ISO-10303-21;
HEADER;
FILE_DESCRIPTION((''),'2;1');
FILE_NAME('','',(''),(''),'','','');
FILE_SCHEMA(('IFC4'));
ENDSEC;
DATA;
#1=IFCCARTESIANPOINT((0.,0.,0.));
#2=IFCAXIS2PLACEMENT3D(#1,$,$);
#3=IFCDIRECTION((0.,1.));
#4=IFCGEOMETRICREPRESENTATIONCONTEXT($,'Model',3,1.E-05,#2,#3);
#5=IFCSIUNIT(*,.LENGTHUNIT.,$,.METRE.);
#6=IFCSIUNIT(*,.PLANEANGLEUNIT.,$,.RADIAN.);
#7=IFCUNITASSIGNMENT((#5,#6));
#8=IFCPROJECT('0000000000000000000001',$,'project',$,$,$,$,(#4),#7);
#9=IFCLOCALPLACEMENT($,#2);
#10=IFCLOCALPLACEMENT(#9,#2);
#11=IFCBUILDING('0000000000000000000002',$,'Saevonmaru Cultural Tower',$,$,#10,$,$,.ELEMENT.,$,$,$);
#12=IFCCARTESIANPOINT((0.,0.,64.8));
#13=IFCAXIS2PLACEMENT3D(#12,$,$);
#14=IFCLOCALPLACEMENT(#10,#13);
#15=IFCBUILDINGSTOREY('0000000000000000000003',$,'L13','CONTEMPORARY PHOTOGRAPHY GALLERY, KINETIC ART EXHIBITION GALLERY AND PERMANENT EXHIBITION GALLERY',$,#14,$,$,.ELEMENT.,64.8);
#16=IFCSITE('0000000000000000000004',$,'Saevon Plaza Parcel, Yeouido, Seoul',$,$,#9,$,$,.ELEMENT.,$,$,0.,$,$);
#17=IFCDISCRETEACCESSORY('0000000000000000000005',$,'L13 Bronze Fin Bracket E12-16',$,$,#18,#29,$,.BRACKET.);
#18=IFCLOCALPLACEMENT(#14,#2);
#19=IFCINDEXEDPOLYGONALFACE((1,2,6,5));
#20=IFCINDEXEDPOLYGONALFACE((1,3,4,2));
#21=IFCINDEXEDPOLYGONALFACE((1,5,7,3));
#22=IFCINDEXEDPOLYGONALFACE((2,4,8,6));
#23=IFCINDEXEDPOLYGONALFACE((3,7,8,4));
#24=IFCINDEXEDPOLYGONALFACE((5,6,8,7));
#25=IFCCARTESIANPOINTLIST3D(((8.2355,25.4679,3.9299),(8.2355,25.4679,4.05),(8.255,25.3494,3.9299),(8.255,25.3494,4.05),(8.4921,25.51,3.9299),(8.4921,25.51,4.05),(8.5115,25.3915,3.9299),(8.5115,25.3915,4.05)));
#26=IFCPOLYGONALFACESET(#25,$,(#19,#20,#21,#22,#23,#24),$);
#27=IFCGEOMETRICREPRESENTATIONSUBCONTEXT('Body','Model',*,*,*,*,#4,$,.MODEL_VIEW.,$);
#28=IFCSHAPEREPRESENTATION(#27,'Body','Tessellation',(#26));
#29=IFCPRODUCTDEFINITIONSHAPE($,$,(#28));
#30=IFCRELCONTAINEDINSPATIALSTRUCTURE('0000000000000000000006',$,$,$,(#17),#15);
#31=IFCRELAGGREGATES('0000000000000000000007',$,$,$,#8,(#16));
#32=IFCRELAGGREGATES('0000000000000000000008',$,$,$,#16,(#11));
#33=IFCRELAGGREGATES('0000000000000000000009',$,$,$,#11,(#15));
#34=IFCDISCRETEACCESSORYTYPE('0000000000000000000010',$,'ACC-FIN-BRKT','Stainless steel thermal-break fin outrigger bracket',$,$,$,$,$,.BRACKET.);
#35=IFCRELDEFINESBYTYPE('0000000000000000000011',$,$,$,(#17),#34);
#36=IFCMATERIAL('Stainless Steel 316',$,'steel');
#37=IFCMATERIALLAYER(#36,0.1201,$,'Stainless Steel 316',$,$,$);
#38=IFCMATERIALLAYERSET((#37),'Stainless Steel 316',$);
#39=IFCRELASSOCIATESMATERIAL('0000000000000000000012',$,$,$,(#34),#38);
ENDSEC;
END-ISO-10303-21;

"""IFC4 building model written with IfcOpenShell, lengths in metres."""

from ifc_helpers import new_model, si_unit, direction, frame, origin, origin_2d, place, context, subcontext, project, spatial, rectangle, extrude, material, layer, layer_set, type_object, element, save


model = new_model("IFC4")

# Units and contexts
model_context = context("Model", 3, precision=1e-05, world=origin(), true_north=direction((0.0, 1.0)))
body_context = subcontext(model_context, "Body", "Model", "MODEL_VIEW")
ifc_project = project(units=[si_unit("LENGTHUNIT", "METRE"), si_unit("PLANEANGLEUNIT", "RADIAN")], contexts=[model_context])

# Site, building, storey
site_placement = place(None, origin())
site = spatial("IfcSite", under=ifc_project, at=site_placement, Name="Saevon Plaza Parcel, Yeouido, Seoul", CompositionType="ELEMENT", RefElevation=0.0)
building_placement = place(site_placement, origin())
building = spatial("IfcBuilding", under=site, at=building_placement, Name="Saevonmaru Cultural Tower", CompositionType="ELEMENT")
storey_placement = place(building_placement, frame((0.0, 0.0, 64.8)))
storey = spatial("IfcBuildingStorey", under=building, at=storey_placement, Name="L13", Description="CONTEMPORARY PHOTOGRAPHY GALLERY, KINETIC ART EXHIBITION GALLERY AND PERMANENT EXHIBITION GALLERY", CompositionType="ELEMENT", Elevation=64.8)

# Discrete accessory
ifc_material_1 = material(Name="Stainless Steel 316", Category="steel")
ifc_layer_1 = layer(ifc_material_1, 0.1201, Name="Stainless Steel 316")
ifc_layer_set_1 = layer_set([ifc_layer_1], Name="Stainless Steel 316")
discrete_accessory_type = type_object("IfcDiscreteAccessoryType", Name="ACC-FIN-BRKT", Description="Stainless steel thermal-break fin outrigger bracket", PredefinedType="BRACKET", material=ifc_layer_set_1)
for number, where, z_axis, x_axis, name in (
    (1, (8.3735, 25.4297, 3.9299), (0.0, 0.0, 1.0), (-0.986827, -0.161776, 0.0), "L13 Bronze Fin Bracket E12-16"),
):
    element("IfcDiscreteAccessory", number, at=place(storey_placement, frame(where, z_axis=z_axis, x_axis=x_axis)), inside=storey, type_object=discrete_accessory_type, Name=name, PredefinedType="BRACKET", context=body_context, shape_type="SweptSolid", body=[
        extrude(rectangle(XDim=0.26, YDim=0.1201, at=origin_2d()), origin(), (0.0, 0.0, 1.0), 0.1201),
    ])

save(model, "model.ifc")
